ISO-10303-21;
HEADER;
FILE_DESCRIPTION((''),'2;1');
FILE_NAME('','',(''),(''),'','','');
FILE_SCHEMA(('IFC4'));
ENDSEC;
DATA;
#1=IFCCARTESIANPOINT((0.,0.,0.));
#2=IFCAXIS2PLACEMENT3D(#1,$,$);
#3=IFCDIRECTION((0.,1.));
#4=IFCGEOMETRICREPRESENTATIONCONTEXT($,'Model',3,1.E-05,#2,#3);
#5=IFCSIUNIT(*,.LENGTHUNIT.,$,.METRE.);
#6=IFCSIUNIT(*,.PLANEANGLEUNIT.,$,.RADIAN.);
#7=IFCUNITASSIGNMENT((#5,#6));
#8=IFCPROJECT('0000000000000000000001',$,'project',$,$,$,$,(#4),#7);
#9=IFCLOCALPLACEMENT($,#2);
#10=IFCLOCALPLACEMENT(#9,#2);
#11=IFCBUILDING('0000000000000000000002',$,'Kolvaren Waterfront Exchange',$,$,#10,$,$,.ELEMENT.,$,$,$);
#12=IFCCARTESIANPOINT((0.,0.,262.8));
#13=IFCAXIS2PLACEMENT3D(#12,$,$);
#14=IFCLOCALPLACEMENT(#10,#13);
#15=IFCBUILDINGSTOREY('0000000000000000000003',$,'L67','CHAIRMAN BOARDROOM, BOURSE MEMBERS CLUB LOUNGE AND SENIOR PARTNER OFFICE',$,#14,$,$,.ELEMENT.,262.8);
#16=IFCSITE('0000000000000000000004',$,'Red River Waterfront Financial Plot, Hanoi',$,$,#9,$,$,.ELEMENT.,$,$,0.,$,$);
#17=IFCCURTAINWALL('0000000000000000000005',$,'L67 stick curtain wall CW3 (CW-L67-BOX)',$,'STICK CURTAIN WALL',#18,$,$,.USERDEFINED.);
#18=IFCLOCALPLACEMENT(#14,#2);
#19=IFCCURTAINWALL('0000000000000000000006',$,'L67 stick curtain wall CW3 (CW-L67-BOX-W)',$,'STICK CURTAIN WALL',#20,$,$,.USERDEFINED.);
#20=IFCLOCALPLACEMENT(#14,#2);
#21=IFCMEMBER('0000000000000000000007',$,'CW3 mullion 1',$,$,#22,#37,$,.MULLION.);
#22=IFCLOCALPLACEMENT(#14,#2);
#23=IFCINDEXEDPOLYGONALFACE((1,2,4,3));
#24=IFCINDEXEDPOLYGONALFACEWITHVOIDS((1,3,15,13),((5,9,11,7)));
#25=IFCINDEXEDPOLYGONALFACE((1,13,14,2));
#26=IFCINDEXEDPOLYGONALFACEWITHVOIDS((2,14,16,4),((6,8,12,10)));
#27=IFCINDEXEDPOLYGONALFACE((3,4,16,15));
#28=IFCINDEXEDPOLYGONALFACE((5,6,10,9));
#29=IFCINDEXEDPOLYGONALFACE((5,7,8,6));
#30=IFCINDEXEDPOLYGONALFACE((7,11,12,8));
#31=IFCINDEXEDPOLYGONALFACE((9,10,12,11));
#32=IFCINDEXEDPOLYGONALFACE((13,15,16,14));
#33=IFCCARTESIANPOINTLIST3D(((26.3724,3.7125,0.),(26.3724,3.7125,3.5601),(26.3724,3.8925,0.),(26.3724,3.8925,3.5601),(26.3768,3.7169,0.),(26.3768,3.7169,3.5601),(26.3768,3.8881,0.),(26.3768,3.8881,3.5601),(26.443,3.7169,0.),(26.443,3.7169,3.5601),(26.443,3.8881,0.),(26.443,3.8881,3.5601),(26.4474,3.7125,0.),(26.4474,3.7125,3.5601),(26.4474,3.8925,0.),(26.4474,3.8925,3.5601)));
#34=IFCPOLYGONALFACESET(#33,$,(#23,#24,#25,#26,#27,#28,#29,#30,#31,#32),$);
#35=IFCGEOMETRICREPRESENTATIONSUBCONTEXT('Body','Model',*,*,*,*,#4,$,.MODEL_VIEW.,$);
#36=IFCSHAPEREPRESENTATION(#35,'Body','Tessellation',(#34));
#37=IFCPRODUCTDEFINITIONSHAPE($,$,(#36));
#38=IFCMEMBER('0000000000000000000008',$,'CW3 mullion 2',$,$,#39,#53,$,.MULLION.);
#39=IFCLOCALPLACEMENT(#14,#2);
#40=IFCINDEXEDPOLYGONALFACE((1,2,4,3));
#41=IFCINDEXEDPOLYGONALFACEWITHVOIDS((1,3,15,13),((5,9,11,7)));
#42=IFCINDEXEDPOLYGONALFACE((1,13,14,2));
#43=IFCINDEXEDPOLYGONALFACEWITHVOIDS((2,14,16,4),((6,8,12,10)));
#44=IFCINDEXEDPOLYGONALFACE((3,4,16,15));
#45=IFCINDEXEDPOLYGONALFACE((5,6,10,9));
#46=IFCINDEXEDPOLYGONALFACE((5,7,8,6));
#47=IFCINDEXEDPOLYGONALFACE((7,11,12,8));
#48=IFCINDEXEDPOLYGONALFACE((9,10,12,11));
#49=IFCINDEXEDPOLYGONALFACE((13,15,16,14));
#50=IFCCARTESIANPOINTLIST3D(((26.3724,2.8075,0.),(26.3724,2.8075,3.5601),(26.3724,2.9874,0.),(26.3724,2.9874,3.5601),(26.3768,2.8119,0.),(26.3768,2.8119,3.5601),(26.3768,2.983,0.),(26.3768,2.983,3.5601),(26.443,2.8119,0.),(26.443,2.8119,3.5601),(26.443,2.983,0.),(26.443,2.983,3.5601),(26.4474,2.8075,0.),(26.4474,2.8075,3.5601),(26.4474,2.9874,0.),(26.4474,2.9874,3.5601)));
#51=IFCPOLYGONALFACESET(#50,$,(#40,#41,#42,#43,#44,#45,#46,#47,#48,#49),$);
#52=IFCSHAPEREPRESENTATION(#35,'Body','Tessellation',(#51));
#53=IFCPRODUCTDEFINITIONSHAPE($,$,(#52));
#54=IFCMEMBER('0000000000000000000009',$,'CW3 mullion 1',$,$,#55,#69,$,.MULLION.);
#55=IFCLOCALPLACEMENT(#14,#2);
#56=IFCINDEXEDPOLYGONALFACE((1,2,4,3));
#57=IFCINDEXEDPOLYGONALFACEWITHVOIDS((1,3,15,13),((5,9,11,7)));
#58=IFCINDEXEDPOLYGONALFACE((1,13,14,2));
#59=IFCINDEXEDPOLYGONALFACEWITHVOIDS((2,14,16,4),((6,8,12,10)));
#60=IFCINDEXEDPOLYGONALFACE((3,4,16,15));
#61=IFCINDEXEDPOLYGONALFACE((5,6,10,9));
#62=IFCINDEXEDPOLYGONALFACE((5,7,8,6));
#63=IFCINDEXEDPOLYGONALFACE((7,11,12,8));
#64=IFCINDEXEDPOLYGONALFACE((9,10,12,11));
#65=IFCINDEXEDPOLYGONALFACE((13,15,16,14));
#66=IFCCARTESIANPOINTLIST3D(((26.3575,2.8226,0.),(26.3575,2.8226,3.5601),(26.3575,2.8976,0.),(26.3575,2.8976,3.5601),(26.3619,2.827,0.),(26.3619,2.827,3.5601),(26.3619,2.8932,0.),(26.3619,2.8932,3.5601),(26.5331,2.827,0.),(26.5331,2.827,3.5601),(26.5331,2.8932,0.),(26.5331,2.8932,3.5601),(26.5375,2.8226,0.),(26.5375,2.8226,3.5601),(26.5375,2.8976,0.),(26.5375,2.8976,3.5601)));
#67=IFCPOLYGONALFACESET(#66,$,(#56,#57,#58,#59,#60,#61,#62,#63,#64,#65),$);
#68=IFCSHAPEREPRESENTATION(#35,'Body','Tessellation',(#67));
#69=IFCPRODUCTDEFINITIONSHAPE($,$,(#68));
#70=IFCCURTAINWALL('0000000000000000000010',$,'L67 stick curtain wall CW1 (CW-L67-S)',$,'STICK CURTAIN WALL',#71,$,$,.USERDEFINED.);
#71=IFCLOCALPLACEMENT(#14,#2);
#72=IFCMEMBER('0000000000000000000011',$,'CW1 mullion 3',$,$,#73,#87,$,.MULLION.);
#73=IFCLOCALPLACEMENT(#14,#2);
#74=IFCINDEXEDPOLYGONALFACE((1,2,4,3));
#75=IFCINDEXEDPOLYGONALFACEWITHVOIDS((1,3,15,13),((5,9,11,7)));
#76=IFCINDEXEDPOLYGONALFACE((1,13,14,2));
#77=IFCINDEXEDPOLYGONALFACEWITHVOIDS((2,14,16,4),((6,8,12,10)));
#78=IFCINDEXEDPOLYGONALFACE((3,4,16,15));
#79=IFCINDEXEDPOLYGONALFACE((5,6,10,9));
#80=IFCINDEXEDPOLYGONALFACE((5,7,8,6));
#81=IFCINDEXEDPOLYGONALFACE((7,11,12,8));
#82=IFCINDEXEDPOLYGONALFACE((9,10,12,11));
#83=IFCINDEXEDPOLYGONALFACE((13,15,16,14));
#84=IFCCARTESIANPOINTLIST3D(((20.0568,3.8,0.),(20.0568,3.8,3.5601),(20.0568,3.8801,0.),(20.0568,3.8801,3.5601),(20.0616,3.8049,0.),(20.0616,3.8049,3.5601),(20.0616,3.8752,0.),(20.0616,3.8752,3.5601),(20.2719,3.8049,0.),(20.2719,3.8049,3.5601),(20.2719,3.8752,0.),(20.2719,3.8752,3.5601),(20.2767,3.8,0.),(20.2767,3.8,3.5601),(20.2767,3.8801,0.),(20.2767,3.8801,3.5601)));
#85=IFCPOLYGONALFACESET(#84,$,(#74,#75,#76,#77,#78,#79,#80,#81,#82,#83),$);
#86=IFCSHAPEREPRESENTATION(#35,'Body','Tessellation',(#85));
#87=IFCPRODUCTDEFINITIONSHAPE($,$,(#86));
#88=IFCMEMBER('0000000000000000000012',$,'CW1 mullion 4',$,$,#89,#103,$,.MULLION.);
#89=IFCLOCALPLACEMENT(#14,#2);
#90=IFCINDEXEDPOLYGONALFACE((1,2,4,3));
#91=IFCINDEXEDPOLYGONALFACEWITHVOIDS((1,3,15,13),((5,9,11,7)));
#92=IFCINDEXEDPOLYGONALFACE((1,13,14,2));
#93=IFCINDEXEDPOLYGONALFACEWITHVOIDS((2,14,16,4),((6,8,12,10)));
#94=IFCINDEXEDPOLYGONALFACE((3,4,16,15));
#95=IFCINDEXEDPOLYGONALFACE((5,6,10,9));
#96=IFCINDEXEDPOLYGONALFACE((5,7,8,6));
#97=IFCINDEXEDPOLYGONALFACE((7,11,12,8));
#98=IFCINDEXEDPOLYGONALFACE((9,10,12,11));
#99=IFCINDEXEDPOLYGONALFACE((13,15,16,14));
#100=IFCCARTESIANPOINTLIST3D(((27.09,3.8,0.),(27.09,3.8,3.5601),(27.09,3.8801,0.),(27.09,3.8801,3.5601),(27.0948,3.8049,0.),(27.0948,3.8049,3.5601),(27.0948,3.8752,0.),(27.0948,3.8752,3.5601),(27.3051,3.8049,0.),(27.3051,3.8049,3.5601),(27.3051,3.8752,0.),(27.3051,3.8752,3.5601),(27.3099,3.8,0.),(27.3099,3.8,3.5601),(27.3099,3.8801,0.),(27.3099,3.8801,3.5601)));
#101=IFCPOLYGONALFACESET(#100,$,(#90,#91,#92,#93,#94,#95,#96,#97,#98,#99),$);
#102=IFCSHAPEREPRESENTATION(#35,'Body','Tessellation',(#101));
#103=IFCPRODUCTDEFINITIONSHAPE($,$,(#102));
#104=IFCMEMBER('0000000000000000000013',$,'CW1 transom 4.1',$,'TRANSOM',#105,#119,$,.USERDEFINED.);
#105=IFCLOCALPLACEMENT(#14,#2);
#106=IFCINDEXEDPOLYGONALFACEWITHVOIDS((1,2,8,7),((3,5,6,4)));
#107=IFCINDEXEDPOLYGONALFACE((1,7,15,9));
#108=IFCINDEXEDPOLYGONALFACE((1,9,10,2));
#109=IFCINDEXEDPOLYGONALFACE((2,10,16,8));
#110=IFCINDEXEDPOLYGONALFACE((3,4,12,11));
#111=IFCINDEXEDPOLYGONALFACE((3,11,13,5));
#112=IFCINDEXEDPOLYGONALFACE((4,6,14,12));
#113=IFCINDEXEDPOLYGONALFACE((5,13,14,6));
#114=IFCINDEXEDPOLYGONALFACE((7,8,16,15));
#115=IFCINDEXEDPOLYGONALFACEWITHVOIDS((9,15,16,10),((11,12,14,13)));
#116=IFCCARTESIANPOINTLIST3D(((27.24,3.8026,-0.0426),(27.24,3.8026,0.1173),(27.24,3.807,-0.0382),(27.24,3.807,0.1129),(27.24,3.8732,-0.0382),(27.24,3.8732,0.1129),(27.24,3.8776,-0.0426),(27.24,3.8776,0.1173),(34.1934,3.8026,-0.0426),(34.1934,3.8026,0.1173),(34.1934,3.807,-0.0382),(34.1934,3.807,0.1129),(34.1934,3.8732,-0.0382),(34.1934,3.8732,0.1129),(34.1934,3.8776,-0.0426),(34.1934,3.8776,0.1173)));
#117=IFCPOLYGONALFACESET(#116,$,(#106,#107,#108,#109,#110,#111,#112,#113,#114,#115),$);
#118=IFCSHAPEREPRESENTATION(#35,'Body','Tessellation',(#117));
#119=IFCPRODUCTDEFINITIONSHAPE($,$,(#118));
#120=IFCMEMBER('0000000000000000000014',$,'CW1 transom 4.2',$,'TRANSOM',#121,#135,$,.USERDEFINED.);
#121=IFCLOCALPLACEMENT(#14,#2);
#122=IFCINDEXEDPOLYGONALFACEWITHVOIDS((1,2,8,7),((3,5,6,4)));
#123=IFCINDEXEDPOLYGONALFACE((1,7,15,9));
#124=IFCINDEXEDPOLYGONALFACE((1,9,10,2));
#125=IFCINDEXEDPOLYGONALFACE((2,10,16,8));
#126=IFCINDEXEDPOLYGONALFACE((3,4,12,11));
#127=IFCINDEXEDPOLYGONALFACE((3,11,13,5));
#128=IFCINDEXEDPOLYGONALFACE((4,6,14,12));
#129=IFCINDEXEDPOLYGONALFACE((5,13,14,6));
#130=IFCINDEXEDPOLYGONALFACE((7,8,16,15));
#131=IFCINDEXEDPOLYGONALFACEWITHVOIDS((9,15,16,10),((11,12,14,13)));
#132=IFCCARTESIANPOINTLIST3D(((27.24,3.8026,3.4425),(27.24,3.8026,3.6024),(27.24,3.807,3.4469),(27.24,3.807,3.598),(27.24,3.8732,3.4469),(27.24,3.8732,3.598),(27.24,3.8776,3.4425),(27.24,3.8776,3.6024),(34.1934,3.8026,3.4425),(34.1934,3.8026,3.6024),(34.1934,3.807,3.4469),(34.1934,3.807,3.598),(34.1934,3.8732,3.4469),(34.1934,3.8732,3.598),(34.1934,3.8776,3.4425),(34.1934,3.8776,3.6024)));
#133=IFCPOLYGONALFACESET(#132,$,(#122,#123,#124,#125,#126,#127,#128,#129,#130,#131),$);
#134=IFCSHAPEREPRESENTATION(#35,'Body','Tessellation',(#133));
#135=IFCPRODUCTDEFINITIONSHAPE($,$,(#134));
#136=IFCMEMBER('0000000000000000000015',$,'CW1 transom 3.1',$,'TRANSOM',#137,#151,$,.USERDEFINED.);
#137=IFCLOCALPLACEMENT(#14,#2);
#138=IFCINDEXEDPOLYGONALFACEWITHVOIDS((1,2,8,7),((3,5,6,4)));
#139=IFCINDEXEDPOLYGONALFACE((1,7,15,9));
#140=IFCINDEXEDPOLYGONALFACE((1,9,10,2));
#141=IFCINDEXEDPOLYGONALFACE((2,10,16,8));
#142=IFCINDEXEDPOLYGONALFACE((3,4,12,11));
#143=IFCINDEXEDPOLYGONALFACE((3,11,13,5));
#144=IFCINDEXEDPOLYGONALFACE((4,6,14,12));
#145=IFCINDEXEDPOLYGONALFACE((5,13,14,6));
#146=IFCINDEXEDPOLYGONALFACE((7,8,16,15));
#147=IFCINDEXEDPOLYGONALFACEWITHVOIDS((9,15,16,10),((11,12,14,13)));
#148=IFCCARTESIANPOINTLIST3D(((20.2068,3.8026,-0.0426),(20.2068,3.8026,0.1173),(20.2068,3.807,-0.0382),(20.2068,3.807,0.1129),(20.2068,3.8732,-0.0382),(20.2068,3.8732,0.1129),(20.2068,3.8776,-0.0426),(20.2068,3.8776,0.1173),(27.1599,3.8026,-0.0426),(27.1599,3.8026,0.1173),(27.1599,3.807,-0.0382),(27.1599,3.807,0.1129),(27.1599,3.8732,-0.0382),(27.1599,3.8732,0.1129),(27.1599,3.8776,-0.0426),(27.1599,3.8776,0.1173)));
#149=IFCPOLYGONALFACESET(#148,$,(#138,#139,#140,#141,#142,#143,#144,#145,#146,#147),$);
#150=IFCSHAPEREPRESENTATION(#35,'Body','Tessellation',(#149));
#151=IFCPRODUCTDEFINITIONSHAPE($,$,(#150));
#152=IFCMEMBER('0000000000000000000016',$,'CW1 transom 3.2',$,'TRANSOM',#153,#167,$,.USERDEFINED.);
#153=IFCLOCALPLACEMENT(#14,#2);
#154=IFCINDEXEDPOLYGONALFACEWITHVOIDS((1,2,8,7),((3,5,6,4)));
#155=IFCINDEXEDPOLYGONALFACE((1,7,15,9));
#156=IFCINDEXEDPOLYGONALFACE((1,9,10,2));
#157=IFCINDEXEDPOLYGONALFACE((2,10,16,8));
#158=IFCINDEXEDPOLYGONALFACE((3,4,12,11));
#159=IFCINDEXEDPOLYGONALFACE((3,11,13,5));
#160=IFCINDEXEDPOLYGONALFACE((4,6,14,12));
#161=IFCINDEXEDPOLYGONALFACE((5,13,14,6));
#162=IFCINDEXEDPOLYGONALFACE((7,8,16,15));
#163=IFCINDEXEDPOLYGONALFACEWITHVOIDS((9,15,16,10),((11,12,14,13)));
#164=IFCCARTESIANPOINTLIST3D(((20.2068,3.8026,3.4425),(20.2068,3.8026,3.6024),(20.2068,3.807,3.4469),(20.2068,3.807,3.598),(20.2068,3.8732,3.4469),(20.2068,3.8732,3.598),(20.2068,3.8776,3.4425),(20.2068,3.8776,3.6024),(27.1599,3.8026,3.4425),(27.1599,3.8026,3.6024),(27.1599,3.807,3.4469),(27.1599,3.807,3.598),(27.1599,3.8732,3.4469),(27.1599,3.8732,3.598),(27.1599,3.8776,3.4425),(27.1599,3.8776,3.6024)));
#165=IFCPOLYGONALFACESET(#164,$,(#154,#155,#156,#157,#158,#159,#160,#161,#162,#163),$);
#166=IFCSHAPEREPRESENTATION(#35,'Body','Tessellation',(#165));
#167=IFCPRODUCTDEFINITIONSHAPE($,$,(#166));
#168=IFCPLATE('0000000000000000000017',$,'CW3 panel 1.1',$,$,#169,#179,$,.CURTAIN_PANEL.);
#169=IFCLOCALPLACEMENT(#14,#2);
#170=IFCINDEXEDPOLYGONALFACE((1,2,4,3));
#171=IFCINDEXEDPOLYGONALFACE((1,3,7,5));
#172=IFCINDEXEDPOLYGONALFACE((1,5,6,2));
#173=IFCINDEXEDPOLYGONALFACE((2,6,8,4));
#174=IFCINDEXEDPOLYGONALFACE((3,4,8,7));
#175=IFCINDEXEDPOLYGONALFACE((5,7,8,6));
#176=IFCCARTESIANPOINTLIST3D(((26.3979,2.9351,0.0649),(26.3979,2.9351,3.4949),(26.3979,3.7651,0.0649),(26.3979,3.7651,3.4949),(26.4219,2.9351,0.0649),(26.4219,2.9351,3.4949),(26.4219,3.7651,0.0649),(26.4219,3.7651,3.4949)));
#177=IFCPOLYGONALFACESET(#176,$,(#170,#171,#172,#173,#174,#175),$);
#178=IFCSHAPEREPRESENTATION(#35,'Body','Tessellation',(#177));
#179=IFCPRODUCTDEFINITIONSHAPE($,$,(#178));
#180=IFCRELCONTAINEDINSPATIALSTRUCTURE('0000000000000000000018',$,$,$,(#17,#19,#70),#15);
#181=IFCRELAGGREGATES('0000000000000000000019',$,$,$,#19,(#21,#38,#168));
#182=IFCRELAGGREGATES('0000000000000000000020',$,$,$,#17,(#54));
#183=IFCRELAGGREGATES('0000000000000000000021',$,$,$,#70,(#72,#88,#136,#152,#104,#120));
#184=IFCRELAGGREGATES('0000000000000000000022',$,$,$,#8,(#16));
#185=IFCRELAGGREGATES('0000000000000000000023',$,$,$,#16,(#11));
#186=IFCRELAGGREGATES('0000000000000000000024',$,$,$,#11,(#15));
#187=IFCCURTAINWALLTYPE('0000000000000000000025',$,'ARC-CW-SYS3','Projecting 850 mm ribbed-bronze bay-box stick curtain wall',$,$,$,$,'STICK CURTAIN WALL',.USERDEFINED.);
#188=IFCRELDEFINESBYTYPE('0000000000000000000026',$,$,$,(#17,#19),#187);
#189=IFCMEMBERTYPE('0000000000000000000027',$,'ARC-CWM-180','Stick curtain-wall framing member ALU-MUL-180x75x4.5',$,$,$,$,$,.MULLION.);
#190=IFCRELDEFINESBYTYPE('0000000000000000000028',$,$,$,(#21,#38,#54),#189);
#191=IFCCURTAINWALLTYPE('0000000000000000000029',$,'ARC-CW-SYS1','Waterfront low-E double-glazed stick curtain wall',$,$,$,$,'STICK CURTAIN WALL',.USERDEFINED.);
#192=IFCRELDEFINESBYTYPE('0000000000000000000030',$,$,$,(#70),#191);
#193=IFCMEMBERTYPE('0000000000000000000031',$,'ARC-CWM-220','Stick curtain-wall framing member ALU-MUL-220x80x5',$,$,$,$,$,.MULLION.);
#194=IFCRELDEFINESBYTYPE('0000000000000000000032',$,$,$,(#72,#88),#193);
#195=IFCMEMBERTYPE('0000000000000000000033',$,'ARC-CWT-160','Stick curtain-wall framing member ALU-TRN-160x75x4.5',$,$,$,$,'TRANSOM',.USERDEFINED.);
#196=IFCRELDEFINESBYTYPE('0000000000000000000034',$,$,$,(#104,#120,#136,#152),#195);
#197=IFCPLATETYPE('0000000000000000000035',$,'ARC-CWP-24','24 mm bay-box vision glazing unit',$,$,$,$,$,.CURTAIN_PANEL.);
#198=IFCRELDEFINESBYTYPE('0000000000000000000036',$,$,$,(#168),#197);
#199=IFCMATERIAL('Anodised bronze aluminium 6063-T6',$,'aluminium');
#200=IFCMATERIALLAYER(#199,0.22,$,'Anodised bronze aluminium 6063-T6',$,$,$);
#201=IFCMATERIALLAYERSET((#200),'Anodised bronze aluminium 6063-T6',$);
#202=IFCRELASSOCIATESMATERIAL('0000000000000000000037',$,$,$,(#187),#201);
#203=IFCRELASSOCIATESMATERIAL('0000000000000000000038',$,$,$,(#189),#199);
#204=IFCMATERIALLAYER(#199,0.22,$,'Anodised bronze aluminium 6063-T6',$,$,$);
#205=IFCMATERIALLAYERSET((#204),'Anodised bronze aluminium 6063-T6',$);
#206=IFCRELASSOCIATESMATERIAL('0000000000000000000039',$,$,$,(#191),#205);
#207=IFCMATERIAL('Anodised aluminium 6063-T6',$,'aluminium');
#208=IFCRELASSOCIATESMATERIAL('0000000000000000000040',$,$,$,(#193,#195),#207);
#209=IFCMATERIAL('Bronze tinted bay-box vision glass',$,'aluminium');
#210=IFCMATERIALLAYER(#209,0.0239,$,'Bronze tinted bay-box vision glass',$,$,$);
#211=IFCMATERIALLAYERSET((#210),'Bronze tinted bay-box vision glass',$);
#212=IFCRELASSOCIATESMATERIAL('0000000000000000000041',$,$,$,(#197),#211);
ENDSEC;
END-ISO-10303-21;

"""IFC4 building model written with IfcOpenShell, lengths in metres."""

from ifc_helpers import new_model, si_unit, direction, frame, origin, origin_with_axes, origin_2d, place, context, subcontext, project, spatial, rectangle, hollow_rectangle, extrude, source, transform, mapped, material, layer, layer_set, material_profile, profile_set, type_object, element, aggregate, save


model = new_model("IFC4")

# Units and contexts
model_context = context("Model", 3, precision=1e-05, world=origin(), true_north=direction((0.0, 1.0)))
body_context = subcontext(model_context, "Body", "Model", "MODEL_VIEW")
ifc_project = project(units=[si_unit("LENGTHUNIT", "METRE"), si_unit("PLANEANGLEUNIT", "RADIAN")], contexts=[model_context])

# Site, building, storey
site_placement = place(None, origin())
site = spatial("IfcSite", under=ifc_project, at=site_placement, Name="Red River Waterfront Financial Plot, Hanoi", CompositionType="ELEMENT", RefElevation=0.0)
building_placement = place(site_placement, origin())
building = spatial("IfcBuilding", under=site, at=building_placement, Name="Kolvaren Waterfront Exchange", CompositionType="ELEMENT")
storey_placement = place(building_placement, frame((0.0, 0.0, 262.8)))
storey = spatial("IfcBuildingStorey", under=building, at=storey_placement, Name="L67", Description="CHAIRMAN BOARDROOM, BOURSE MEMBERS CLUB LOUNGE AND SENIOR PARTNER OFFICE", CompositionType="ELEMENT", Elevation=262.8)

# Curtain walls, members
ifc_material_1 = material(Name="Anodised bronze aluminium 6063-T6", Category="aluminium")
ifc_layer_1 = layer(ifc_material_1, 0.22, Name="Anodised bronze aluminium 6063-T6")
ifc_layer_set_1 = layer_set([ifc_layer_1], Name="Anodised bronze aluminium 6063-T6")
curtain_wall_type_1 = type_object("IfcCurtainWallType", Name="ARC-CW-SYS3", Description="Projecting 850 mm ribbed-bronze bay-box stick curtain wall", ElementType="STICK CURTAIN WALL", PredefinedType="USERDEFINED", material=ifc_layer_set_1)
curtain_wall_1_placement = place(storey_placement, origin())
curtain_wall_1 = element("IfcCurtainWall", 1, at=curtain_wall_1_placement, inside=storey, type_object=curtain_wall_type_1, Name="L67 stick curtain wall CW3 (CW-L67-BOX)", ObjectType="STICK CURTAIN WALL", PredefinedType="USERDEFINED")
curtain_wall_2_placement = place(storey_placement, origin())
curtain_wall_2 = element("IfcCurtainWall", 2, at=curtain_wall_2_placement, inside=storey, type_object=curtain_wall_type_1, Name="L67 stick curtain wall CW3 (CW-L67-BOX-W)", ObjectType="STICK CURTAIN WALL", PredefinedType="USERDEFINED")
ifc_material_profile_1 = material_profile(ifc_material_1, hollow_rectangle(XDim=0.075, YDim=0.1799, WallThickness=0.0044, at=origin_2d()), Name="ALU-MUL-180x75x4.5")
ifc_profile_set_1 = profile_set([ifc_material_profile_1], Name="Anodised bronze aluminium 6063-T6")
member_type_1 = type_object("IfcMemberType", Name="ARC-CWM-180", Description="Stick curtain-wall framing member ALU-MUL-180x75x4.5", PredefinedType="MULLION", material=ifc_profile_set_1)
shared_shape_1 = source(origin_with_axes(), body_context, "Body", "SweptSolid", [
    extrude(hollow_rectangle(XDim=0.075, YDim=0.1799, WallThickness=0.0044, at=origin_2d()), origin(), (0.0, 0.0, 1.0), 3.5601),
])
member_1_placement = place(storey_placement, frame((26.4099, 3.8025, 0.0), z_axis=(0.0, 0.0, 1.0), x_axis=(1.0, 0.0, 0.0)))
member_1 = element("IfcMember", 3, at=member_1_placement, type_object=member_type_1, Name="CW3 mullion 1", PredefinedType="MULLION", context=body_context, shape_type="MappedRepresentation", body=[
    mapped(shared_shape_1, transform((0.0, 0.0, 0.0), x_axis=(1.0, 0.0, 0.0), y_axis=(0.0, 1.0, 0.0), z_axis=(0.0, 0.0, 1.0), scale=1.0)),
])
member_2_placement = place(storey_placement, frame((26.4099, 2.8975, 0.0), z_axis=(0.0, 0.0, 1.0), x_axis=(1.0, 0.0, 0.0)))
member_2 = element("IfcMember", 4, at=member_2_placement, type_object=member_type_1, Name="CW3 mullion 2", PredefinedType="MULLION", context=body_context, shape_type="MappedRepresentation", body=[
    mapped(shared_shape_1, transform((0.0, 0.0, 0.0), x_axis=(1.0, 0.0, 0.0), y_axis=(0.0, 1.0, 0.0), z_axis=(0.0, 0.0, 1.0), scale=1.0)),
])

# Member
member_3_placement = place(storey_placement, frame((26.4475, 2.8601, 0.0), z_axis=(0.0, 0.0, 1.0), x_axis=(0.0, 1.0, 0.0)))
member_3 = element("IfcMember", 5, at=member_3_placement, type_object=member_type_1, Name="CW3 mullion 1", PredefinedType="MULLION", context=body_context, shape_type="MappedRepresentation", body=[
    mapped(shared_shape_1, transform((0.0, 0.0, 0.0), x_axis=(1.0, 0.0, 0.0), y_axis=(0.0, 1.0, 0.0), z_axis=(0.0, 0.0, 1.0), scale=1.0)),
])

# Curtain wall, members
ifc_layer_2 = layer(ifc_material_1, 0.22, Name="Anodised bronze aluminium 6063-T6")
ifc_layer_set_2 = layer_set([ifc_layer_2], Name="Anodised bronze aluminium 6063-T6")
curtain_wall_type_2 = type_object("IfcCurtainWallType", Name="ARC-CW-SYS1", Description="Waterfront low-E double-glazed stick curtain wall", ElementType="STICK CURTAIN WALL", PredefinedType="USERDEFINED", material=ifc_layer_set_2)
curtain_wall_3_placement = place(storey_placement, origin())
curtain_wall_3 = element("IfcCurtainWall", 6, at=curtain_wall_3_placement, inside=storey, type_object=curtain_wall_type_2, Name="L67 stick curtain wall CW1 (CW-L67-S)", ObjectType="STICK CURTAIN WALL", PredefinedType="USERDEFINED")
ifc_material_2 = material(Name="Anodised aluminium 6063-T6", Category="aluminium")
ifc_material_profile_2 = material_profile(ifc_material_2, hollow_rectangle(XDim=0.0801, YDim=0.22, WallThickness=0.0049, at=origin_2d()), Name="ALU-MUL-220x80x5")
ifc_profile_set_2 = profile_set([ifc_material_profile_2], Name="Anodised aluminium 6063-T6")
member_type_2 = type_object("IfcMemberType", Name="ARC-CWM-220", Description="Stick curtain-wall framing member ALU-MUL-220x80x5", PredefinedType="MULLION", material=ifc_profile_set_2)
shared_shape_2 = source(origin_with_axes(), body_context, "Body", "SweptSolid", [
    extrude(hollow_rectangle(XDim=0.0801, YDim=0.22, WallThickness=0.0049, at=origin_2d()), origin(), (0.0, 0.0, 1.0), 3.5601),
])
member_4_placement = place(storey_placement, frame((20.1667, 3.8401, 0.0), z_axis=(0.0, 0.0, 1.0), x_axis=(0.0, 1.0, 0.0)))
member_4 = element("IfcMember", 7, at=member_4_placement, type_object=member_type_2, Name="CW1 mullion 3", PredefinedType="MULLION", context=body_context, shape_type="MappedRepresentation", body=[
    mapped(shared_shape_2, transform((0.0, 0.0, 0.0), x_axis=(1.0, 0.0, 0.0), y_axis=(0.0, 1.0, 0.0), z_axis=(0.0, 0.0, 1.0), scale=1.0)),
])
member_5_placement = place(storey_placement, frame((27.2, 3.8401, 0.0), z_axis=(0.0, 0.0, 1.0), x_axis=(0.0, 1.0, 0.0)))
member_5 = element("IfcMember", 8, at=member_5_placement, type_object=member_type_2, Name="CW1 mullion 4", PredefinedType="MULLION", context=body_context, shape_type="MappedRepresentation", body=[
    mapped(shared_shape_2, transform((0.0, 0.0, 0.0), x_axis=(1.0, 0.0, 0.0), y_axis=(0.0, 1.0, 0.0), z_axis=(0.0, 0.0, 1.0), scale=1.0)),
])
ifc_material_profile_3 = material_profile(ifc_material_2, hollow_rectangle(XDim=0.075, YDim=0.1599, WallThickness=0.0044, at=origin_2d()), Name="ALU-TRN-160x75x4.5")
ifc_profile_set_3 = profile_set([ifc_material_profile_3], Name="Anodised aluminium 6063-T6")
member_type_3 = type_object("IfcMemberType", Name="ARC-CWT-160", Description="Stick curtain-wall framing member ALU-TRN-160x75x4.5", ElementType="TRANSOM", PredefinedType="USERDEFINED", material=ifc_profile_set_3)
shared_shape_3 = source(origin_with_axes(), body_context, "Body", "SweptSolid", [
    extrude(hollow_rectangle(XDim=0.075, YDim=0.1599, WallThickness=0.0044, at=origin_2d()), origin(), (0.0, 0.0, 1.0), 6.9534),
])
member_6_placement = place(storey_placement, frame((27.24, 3.8401, 0.0374), z_axis=(1.0, 0.0, 0.0), x_axis=(0.0, 1.0, 0.0)))
member_6 = element("IfcMember", 9, at=member_6_placement, type_object=member_type_3, Name="CW1 transom 4.1", ObjectType="TRANSOM", PredefinedType="USERDEFINED", context=body_context, shape_type="MappedRepresentation", body=[
    mapped(shared_shape_3, transform((0.0, 0.0, 0.0), x_axis=(1.0, 0.0, 0.0), y_axis=(0.0, 1.0, 0.0), z_axis=(0.0, 0.0, 1.0), scale=1.0)),
])
member_7_placement = place(storey_placement, frame((27.24, 3.8401, 3.5225), z_axis=(1.0, 0.0, 0.0), x_axis=(0.0, 1.0, 0.0)))
member_7 = element("IfcMember", 10, at=member_7_placement, type_object=member_type_3, Name="CW1 transom 4.2", ObjectType="TRANSOM", PredefinedType="USERDEFINED", context=body_context, shape_type="MappedRepresentation", body=[
    mapped(shared_shape_3, transform((0.0, 0.0, 0.0), x_axis=(1.0, 0.0, 0.0), y_axis=(0.0, 1.0, 0.0), z_axis=(0.0, 0.0, 1.0), scale=1.0)),
])
shared_shape_4 = source(origin_with_axes(), body_context, "Body", "SweptSolid", [
    extrude(hollow_rectangle(XDim=0.075, YDim=0.1599, WallThickness=0.0044, at=origin_2d()), origin(), (0.0, 0.0, 1.0), 6.9531),
])
member_8_placement = place(storey_placement, frame((20.2068, 3.8401, 0.0374), z_axis=(1.0, 0.0, 0.0), x_axis=(0.0, 1.0, 0.0)))
member_8 = element("IfcMember", 11, at=member_8_placement, type_object=member_type_3, Name="CW1 transom 3.1", ObjectType="TRANSOM", PredefinedType="USERDEFINED", context=body_context, shape_type="MappedRepresentation", body=[
    mapped(shared_shape_4, transform((0.0, 0.0, 0.0), x_axis=(1.0, 0.0, 0.0), y_axis=(0.0, 1.0, 0.0), z_axis=(0.0, 0.0, 1.0), scale=1.0)),
])
member_9_placement = place(storey_placement, frame((20.2068, 3.8401, 3.5225), z_axis=(1.0, 0.0, 0.0), x_axis=(0.0, 1.0, 0.0)))
member_9 = element("IfcMember", 12, at=member_9_placement, type_object=member_type_3, Name="CW1 transom 3.2", ObjectType="TRANSOM", PredefinedType="USERDEFINED", context=body_context, shape_type="MappedRepresentation", body=[
    mapped(shared_shape_4, transform((0.0, 0.0, 0.0), x_axis=(1.0, 0.0, 0.0), y_axis=(0.0, 1.0, 0.0), z_axis=(0.0, 0.0, 1.0), scale=1.0)),
])

# Plate
ifc_material_3 = material(Name="Bronze tinted bay-box vision glass", Category="aluminium")
ifc_layer_3 = layer(ifc_material_3, 0.0239, Name="Bronze tinted bay-box vision glass")
ifc_layer_set_3 = layer_set([ifc_layer_3], Name="Bronze tinted bay-box vision glass")
plate_type_1 = type_object("IfcPlateType", Name="ARC-CWP-24", Description="24 mm bay-box vision glazing unit", PredefinedType="CURTAIN_PANEL", material=ifc_layer_set_3)
shared_shape_5 = source(origin_with_axes(), body_context, "Body", "SweptSolid", [
    extrude(rectangle(XDim=0.8301, YDim=0.0239, at=origin_2d()), origin(), (0.0, 0.0, 1.0), 3.4299),
])
plate_1_placement = place(storey_placement, frame((26.4099, 3.3501, 0.0649), z_axis=(0.0, 0.0, 1.0), x_axis=(0.0, -1.0, 0.0)))
plate_1 = element("IfcPlate", 13, at=plate_1_placement, type_object=plate_type_1, Name="CW3 panel 1.1", PredefinedType="CURTAIN_PANEL", context=body_context, shape_type="MappedRepresentation", body=[
    mapped(shared_shape_5, transform((0.0, 0.0, 0.0), x_axis=(1.0, 0.0, 0.0), y_axis=(0.0, 1.0, 0.0), z_axis=(0.0, 0.0, 1.0), scale=1.0)),
])
aggregate(curtain_wall_2, [member_1, member_2, plate_1])
aggregate(curtain_wall_1, [member_3])
aggregate(curtain_wall_3, [member_4, member_5, member_8, member_9, member_6, member_7])

save(model, "model.ifc")
